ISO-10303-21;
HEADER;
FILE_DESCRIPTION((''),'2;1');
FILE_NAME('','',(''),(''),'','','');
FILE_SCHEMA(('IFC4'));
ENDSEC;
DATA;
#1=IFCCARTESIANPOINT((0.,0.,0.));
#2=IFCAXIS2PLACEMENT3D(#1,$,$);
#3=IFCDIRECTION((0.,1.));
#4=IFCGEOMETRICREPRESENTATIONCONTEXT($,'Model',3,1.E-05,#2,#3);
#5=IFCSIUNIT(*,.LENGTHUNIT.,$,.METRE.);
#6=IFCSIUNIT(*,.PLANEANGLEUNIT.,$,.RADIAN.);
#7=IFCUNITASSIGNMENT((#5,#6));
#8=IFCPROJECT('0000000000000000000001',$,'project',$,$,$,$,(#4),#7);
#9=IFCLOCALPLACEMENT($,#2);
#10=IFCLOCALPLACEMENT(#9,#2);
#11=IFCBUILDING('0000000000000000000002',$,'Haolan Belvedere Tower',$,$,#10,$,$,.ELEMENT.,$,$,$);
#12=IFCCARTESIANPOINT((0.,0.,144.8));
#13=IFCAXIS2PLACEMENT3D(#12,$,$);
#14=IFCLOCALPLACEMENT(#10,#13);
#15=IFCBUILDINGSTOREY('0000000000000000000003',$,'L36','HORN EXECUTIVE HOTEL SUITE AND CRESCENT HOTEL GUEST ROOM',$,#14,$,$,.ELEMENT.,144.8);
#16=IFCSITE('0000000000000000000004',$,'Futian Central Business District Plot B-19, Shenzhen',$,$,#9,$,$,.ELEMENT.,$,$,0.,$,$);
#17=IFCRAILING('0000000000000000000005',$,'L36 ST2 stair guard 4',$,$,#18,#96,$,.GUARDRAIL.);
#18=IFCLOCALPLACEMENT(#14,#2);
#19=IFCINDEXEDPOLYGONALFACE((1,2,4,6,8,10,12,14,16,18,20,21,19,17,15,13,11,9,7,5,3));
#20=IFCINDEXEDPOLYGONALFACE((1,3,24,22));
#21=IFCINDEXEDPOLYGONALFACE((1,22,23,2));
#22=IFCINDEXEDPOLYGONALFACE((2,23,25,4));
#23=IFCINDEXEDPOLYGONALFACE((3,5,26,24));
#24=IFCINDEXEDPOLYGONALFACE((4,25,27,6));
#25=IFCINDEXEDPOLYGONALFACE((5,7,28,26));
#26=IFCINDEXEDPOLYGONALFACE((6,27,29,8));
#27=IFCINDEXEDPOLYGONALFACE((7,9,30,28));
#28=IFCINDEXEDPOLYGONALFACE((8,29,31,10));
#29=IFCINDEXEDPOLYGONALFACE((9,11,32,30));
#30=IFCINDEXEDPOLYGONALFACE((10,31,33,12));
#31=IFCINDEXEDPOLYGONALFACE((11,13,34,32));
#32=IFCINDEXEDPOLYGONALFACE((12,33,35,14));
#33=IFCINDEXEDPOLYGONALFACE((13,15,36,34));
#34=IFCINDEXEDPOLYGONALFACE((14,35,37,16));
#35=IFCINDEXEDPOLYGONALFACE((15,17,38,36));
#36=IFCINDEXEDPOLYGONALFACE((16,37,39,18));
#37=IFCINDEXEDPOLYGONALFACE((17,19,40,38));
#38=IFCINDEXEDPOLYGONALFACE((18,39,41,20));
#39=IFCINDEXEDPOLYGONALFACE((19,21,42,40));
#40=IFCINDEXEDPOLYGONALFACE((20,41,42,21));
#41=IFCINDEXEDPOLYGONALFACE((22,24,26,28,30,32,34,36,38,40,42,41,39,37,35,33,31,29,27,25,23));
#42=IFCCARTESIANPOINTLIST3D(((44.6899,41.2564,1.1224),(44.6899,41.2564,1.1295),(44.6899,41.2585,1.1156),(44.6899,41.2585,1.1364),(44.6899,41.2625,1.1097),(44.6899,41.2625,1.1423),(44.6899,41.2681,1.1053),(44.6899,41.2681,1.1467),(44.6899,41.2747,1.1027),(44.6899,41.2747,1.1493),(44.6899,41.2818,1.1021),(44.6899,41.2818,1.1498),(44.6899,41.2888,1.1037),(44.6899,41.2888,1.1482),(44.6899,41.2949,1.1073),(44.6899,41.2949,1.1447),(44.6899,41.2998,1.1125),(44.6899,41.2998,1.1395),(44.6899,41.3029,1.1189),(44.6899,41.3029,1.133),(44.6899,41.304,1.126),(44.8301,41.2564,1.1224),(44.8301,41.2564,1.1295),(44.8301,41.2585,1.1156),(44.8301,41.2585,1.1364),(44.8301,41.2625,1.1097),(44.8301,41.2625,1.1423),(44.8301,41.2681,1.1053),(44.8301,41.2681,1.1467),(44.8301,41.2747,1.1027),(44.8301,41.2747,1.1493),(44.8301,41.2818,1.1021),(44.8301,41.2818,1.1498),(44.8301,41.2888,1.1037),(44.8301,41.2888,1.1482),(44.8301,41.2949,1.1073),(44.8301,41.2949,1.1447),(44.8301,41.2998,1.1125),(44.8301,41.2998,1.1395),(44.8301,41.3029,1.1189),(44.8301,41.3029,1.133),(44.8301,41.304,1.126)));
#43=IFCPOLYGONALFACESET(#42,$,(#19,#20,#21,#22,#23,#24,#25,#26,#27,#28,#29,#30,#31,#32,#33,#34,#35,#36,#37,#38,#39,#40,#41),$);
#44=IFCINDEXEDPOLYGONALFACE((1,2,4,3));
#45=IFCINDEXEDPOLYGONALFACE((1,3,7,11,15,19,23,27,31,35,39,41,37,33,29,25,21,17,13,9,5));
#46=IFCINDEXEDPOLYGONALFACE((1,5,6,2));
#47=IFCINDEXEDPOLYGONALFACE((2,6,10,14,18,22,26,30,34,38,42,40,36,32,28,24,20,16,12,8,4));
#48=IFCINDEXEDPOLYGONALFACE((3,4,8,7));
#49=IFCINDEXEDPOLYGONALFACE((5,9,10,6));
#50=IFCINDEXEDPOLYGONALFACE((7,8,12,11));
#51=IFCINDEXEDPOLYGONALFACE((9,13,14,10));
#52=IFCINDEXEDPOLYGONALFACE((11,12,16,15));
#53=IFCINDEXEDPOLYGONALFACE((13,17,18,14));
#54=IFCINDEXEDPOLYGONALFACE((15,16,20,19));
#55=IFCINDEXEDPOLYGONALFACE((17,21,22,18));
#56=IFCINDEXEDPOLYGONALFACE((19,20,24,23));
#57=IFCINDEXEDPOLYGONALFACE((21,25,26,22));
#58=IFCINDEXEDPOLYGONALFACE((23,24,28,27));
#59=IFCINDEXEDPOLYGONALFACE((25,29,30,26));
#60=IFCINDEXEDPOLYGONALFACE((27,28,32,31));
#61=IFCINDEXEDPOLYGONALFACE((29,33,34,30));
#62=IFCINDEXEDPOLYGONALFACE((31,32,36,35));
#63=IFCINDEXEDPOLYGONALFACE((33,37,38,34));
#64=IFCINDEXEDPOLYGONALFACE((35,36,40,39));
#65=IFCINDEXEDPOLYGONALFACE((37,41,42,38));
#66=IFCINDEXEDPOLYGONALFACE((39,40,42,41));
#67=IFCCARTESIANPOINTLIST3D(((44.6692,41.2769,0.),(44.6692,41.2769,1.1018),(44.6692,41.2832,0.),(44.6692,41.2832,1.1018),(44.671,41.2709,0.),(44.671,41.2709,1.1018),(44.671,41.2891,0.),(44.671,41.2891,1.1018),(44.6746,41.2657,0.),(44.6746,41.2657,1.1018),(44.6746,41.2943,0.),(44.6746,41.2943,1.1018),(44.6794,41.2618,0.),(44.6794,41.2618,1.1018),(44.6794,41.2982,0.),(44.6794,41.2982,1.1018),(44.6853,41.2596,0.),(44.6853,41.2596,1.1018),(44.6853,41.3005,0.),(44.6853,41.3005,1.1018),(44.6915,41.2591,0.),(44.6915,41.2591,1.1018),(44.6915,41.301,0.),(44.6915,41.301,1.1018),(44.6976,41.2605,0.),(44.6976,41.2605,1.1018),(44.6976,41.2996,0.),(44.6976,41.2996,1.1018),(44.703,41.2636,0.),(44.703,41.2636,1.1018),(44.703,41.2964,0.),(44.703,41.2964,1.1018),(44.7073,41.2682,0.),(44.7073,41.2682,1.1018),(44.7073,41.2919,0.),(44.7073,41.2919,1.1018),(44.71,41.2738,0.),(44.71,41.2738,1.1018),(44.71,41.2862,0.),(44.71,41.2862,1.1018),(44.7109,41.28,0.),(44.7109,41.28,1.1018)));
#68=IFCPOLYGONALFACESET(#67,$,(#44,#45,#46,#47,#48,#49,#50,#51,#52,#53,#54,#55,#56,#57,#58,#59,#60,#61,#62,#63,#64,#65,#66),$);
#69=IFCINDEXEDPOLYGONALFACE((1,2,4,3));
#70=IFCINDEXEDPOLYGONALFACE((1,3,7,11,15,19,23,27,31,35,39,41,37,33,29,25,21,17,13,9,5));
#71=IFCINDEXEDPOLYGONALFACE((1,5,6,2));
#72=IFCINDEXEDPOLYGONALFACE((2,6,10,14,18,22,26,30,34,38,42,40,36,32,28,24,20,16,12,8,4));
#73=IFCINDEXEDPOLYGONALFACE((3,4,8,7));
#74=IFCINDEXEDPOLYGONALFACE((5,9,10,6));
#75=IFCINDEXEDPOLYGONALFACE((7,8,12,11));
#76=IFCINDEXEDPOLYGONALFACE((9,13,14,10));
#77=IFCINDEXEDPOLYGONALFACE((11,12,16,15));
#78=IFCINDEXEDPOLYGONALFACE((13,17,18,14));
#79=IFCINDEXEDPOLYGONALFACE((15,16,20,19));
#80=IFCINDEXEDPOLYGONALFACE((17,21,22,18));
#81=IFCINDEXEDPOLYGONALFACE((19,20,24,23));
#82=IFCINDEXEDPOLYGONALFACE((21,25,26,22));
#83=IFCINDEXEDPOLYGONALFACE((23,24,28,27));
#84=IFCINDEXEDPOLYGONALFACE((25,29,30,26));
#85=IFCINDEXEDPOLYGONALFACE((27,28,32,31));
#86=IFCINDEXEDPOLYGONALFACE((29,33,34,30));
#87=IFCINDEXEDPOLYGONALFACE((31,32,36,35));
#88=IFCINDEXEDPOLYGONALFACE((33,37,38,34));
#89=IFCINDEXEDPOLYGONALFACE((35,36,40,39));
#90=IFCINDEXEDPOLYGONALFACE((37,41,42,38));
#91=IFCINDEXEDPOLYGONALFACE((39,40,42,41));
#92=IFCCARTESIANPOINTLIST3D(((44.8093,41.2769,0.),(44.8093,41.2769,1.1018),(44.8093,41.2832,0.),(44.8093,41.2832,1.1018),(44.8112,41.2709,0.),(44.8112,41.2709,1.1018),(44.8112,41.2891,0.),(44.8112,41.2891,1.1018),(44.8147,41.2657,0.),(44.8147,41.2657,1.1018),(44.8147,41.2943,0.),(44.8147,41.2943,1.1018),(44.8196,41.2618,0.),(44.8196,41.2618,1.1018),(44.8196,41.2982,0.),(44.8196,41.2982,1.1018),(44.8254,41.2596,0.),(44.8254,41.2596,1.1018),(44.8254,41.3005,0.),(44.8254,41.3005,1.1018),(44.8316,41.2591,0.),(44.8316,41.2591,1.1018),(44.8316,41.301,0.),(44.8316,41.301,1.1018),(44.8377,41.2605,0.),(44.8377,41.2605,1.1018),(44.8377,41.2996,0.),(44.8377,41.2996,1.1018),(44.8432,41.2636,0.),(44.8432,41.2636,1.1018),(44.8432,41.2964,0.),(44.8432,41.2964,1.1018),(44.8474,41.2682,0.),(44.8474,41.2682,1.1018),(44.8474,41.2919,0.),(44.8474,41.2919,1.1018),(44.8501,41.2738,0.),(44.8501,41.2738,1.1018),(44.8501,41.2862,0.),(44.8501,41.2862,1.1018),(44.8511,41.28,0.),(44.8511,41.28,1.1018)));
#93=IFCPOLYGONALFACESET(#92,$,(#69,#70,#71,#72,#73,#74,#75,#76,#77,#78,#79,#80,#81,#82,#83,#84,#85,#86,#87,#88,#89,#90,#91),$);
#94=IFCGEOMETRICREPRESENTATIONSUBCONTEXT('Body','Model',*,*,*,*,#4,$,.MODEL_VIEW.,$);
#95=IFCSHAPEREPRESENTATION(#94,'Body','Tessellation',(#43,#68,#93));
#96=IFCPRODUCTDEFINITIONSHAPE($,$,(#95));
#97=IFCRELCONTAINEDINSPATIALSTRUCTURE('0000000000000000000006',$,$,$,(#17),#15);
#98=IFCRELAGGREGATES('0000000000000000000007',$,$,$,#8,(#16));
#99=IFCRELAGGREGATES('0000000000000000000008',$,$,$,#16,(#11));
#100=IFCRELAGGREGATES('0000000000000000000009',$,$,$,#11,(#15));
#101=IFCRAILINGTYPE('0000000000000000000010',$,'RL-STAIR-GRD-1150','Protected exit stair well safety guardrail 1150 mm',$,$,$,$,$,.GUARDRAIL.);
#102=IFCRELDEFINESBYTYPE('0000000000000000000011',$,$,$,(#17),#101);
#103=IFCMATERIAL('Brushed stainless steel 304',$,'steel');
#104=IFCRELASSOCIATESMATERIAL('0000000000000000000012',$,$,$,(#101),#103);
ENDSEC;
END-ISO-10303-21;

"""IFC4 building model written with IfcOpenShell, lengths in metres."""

from ifc_helpers import new_model, si_unit, direction, frame, origin, origin_2d, place, context, subcontext, project, spatial, circle, extrude, material, type_object, element, save


model = new_model("IFC4")

# Units and contexts
model_context = context("Model", 3, precision=1e-05, world=origin(), true_north=direction((0.0, 1.0)))
body_context = subcontext(model_context, "Body", "Model", "MODEL_VIEW")
ifc_project = project(units=[si_unit("LENGTHUNIT", "METRE"), si_unit("PLANEANGLEUNIT", "RADIAN")], contexts=[model_context])

# Site, building, storey
site_placement = place(None, origin())
site = spatial("IfcSite", under=ifc_project, at=site_placement, Name="Futian Central Business District Plot B-19, Shenzhen", CompositionType="ELEMENT", RefElevation=0.0)
building_placement = place(site_placement, origin())
building = spatial("IfcBuilding", under=site, at=building_placement, Name="Haolan Belvedere Tower", CompositionType="ELEMENT")
storey_placement = place(building_placement, frame((0.0, 0.0, 144.8)))
storey = spatial("IfcBuildingStorey", under=building, at=storey_placement, Name="L36", Description="HORN EXECUTIVE HOTEL SUITE AND CRESCENT HOTEL GUEST ROOM", CompositionType="ELEMENT", Elevation=144.8)

# Railing
ifc_material_1 = material(Name="Brushed stainless steel 304", Category="steel")
railing_type_1 = type_object("IfcRailingType", Name="RL-STAIR-GRD-1150", Description="Protected exit stair well safety guardrail 1150 mm", PredefinedType="GUARDRAIL", material=ifc_material_1)
railing_1_placement = place(storey_placement, frame((44.6899, 41.28, 0.0)))
element("IfcRailing", 1, at=railing_1_placement, inside=storey, type_object=railing_type_1, Name="L36 ST2 stair guard 4", PredefinedType="GUARDRAIL", context=body_context, shape_type="SweptSolid", body=[
    extrude(circle(Radius=0.0239, at=origin_2d()), frame((0.0, 0.0, 1.126), z_axis=(1.0, 0.0, 0.0), x_axis=(0.0, 1.0, 0.0)), (0.0, 0.0, 1.0), 0.1401),
    extrude(circle(Radius=0.021, at=origin_2d()), origin(), (0.0, 0.0, 1.0), 1.1018),
    extrude(circle(Radius=0.021, at=origin_2d()), frame((0.1401, 0.0, 0.0)), (0.0, 0.0, 1.0), 1.1018),
])

save(model, "model.ifc")
